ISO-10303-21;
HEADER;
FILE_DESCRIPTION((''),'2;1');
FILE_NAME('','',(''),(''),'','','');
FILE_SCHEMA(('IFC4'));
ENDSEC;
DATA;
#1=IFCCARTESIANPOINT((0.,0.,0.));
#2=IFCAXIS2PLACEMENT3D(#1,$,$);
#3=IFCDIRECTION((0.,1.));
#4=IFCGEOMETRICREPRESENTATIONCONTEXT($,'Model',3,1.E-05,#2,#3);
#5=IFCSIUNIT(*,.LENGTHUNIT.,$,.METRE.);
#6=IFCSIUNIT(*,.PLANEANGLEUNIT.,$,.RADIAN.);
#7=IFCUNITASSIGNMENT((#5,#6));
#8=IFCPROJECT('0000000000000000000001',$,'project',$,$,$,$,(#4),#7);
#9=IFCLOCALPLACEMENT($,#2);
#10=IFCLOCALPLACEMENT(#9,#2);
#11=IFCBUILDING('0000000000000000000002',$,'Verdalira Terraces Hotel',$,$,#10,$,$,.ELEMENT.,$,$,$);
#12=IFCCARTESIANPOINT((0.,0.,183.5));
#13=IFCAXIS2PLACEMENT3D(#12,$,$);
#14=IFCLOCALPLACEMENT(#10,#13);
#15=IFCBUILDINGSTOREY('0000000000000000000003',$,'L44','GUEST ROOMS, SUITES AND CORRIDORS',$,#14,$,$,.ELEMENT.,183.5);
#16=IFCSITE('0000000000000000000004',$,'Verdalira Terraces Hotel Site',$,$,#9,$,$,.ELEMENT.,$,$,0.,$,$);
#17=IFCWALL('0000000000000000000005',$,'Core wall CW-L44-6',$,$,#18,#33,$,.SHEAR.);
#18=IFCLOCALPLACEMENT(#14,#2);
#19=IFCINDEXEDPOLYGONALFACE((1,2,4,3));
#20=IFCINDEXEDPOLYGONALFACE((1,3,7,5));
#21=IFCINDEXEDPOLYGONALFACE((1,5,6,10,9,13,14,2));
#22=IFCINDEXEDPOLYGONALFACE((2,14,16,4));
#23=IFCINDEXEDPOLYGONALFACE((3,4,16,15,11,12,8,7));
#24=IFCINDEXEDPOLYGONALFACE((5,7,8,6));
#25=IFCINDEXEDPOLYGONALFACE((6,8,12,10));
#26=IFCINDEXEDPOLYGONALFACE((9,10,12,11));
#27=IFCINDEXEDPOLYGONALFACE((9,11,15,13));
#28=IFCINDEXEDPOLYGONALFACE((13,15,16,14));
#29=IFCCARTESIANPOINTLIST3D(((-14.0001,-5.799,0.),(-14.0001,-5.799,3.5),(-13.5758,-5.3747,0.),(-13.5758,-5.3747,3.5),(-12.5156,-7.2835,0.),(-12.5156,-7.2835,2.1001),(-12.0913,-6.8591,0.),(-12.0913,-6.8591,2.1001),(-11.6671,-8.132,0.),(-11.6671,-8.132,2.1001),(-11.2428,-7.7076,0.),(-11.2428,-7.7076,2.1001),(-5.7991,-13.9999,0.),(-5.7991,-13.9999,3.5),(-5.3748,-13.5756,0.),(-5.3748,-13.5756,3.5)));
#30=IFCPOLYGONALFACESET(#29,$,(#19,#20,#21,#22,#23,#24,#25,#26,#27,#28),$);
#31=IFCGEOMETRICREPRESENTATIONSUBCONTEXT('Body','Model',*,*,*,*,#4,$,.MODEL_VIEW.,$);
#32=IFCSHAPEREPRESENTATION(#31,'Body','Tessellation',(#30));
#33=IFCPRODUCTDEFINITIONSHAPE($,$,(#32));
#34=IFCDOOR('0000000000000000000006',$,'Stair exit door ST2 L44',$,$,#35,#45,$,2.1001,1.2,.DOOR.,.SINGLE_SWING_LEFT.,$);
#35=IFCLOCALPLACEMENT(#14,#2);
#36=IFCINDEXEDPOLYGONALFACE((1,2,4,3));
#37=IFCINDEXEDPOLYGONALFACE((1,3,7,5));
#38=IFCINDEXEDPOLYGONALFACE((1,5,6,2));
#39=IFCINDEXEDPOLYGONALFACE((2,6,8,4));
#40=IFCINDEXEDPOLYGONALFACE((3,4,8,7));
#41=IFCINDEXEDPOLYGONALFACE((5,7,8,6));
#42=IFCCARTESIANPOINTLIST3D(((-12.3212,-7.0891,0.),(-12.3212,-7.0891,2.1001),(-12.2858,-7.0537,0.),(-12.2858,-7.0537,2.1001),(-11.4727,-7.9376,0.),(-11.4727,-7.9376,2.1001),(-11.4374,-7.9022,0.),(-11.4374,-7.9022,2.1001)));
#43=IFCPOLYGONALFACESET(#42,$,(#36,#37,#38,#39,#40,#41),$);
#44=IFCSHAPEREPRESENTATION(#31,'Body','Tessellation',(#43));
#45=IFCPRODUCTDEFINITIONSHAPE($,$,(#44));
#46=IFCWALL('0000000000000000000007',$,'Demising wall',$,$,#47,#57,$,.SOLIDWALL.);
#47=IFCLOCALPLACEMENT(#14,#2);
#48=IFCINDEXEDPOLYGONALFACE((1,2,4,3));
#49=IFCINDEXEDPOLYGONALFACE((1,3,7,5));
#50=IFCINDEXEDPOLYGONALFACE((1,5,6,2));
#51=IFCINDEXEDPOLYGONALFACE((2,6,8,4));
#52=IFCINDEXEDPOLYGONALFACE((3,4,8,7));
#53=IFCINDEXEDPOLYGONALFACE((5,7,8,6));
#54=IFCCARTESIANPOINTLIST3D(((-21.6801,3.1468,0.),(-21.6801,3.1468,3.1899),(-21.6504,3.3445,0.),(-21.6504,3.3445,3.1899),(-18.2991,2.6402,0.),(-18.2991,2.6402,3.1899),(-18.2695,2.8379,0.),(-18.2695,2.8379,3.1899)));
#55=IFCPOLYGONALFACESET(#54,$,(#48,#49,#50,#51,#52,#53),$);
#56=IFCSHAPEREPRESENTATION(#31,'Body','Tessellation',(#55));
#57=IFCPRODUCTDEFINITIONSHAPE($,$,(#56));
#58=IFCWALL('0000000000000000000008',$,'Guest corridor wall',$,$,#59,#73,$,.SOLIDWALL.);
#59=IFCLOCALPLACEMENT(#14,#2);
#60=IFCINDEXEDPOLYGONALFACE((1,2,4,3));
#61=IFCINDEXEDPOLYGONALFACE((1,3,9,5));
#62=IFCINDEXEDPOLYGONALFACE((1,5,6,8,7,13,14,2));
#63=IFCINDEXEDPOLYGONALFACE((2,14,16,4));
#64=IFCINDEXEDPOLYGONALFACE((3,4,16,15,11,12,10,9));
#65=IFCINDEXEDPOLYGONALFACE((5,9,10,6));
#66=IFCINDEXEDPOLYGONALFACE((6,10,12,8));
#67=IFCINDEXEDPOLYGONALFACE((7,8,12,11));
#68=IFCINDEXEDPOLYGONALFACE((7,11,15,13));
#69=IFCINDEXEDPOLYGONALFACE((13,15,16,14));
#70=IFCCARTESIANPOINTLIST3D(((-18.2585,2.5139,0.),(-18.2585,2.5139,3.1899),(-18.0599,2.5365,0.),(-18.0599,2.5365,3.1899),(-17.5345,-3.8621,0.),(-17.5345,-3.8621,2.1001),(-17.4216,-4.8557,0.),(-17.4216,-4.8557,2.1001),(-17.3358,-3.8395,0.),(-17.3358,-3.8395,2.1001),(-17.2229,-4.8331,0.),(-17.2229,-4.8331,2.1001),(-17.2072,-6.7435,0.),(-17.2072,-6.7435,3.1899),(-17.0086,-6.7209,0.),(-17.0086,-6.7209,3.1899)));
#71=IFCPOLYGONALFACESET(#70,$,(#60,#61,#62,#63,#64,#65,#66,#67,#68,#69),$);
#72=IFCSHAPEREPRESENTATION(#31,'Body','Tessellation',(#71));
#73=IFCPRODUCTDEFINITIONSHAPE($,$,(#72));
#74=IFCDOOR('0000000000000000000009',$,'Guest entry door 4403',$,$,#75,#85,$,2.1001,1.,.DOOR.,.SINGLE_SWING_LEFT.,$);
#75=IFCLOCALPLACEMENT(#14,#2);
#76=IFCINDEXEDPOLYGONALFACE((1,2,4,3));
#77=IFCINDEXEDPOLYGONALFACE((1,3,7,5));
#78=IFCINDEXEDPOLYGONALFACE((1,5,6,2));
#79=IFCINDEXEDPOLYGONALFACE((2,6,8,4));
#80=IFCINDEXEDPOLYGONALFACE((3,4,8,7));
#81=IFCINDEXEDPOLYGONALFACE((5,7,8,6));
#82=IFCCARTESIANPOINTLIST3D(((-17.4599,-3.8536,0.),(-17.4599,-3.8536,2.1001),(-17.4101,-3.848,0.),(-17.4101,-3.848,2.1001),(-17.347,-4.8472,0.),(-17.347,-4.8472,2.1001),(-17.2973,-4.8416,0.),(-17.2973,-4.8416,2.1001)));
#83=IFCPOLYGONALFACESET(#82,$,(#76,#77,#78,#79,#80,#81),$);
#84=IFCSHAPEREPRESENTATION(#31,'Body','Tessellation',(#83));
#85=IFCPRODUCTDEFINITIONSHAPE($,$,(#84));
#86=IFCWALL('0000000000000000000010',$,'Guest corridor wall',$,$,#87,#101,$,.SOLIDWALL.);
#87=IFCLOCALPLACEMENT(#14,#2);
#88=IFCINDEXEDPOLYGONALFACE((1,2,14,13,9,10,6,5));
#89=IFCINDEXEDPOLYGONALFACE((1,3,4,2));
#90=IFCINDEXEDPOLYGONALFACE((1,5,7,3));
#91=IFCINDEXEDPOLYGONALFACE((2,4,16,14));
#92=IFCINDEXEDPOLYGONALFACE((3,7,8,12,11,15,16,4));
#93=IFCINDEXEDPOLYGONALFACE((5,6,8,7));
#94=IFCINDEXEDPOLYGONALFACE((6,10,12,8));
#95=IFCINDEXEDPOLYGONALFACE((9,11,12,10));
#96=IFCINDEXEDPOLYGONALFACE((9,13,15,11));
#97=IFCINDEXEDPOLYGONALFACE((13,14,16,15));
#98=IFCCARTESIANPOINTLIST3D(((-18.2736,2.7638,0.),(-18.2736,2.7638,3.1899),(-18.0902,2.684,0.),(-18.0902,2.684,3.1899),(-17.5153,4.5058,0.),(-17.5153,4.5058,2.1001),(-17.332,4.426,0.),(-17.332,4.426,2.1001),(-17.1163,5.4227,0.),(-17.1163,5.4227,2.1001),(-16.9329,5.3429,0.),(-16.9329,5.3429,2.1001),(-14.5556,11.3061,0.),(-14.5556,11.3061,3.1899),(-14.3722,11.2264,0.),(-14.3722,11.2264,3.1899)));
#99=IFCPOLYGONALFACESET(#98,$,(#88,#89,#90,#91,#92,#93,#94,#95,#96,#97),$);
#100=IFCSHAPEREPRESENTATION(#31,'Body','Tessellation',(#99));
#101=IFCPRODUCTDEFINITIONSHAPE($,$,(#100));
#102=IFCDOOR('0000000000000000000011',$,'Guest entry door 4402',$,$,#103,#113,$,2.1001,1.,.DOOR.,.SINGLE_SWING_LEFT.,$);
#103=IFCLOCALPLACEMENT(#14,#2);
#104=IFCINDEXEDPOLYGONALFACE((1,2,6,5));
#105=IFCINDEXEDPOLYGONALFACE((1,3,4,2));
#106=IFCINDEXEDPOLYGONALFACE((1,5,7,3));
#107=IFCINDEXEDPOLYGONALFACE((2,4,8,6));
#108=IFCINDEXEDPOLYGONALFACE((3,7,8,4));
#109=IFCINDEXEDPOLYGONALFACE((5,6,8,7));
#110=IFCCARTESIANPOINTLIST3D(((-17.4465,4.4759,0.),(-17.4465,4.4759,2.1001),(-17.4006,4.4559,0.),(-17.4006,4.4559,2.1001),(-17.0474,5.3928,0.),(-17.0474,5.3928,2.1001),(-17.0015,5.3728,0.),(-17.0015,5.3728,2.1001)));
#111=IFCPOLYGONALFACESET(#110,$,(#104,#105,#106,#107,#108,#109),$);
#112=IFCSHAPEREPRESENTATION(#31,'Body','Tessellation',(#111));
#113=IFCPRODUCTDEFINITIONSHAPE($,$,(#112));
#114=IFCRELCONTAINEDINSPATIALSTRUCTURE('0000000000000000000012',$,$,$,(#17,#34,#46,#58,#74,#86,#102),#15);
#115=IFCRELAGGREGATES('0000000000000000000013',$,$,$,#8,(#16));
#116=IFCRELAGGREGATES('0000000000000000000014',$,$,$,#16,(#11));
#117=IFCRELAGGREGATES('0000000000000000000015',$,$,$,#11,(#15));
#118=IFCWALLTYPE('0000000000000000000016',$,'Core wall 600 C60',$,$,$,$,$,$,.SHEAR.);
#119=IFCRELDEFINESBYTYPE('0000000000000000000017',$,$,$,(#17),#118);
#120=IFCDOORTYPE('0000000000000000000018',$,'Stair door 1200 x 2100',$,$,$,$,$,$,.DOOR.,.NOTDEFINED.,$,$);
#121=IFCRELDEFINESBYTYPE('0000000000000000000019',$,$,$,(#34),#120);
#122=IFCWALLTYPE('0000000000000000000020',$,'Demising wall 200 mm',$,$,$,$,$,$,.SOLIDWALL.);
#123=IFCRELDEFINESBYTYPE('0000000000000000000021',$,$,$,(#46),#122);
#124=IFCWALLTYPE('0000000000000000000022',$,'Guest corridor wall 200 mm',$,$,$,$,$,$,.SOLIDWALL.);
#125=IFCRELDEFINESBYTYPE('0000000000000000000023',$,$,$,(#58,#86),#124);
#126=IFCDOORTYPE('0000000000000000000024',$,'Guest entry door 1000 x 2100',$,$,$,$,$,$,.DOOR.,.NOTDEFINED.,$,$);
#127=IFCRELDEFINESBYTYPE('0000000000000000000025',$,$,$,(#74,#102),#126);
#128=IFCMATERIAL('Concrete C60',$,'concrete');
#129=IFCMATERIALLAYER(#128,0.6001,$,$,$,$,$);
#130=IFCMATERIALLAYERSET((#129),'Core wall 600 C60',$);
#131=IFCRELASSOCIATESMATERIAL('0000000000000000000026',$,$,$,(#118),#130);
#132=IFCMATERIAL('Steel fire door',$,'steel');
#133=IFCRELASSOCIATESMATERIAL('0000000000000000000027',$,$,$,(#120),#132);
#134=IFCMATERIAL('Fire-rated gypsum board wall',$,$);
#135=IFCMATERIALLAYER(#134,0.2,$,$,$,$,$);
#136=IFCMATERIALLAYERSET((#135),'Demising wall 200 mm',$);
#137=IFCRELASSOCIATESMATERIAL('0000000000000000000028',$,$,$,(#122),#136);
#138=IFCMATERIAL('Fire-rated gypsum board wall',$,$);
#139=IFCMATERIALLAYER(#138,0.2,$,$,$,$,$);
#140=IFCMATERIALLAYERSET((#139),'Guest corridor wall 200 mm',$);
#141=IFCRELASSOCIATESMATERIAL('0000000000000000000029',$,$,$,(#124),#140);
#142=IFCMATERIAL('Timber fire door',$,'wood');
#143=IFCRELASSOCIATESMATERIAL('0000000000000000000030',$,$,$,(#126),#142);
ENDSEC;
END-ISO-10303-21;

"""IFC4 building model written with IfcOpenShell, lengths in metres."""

from ifc_helpers import new_model, si_unit, direction, frame, frame_2d, origin, place, context, subcontext, project, spatial, rectangle, extrude, material, layer, layer_set, type_object, element, fill, save


model = new_model("IFC4")

# Units and contexts
model_context = context("Model", 3, precision=1e-05, world=origin(), true_north=direction((0.0, 1.0)))
body_context = subcontext(model_context, "Body", "Model", "MODEL_VIEW")
ifc_project = project(units=[si_unit("LENGTHUNIT", "METRE"), si_unit("PLANEANGLEUNIT", "RADIAN")], contexts=[model_context])

# Site, building, storey
site_placement = place(None, origin())
site = spatial("IfcSite", under=ifc_project, at=site_placement, Name="Verdalira Terraces Hotel Site", CompositionType="ELEMENT", RefElevation=0.0)
building_placement = place(site_placement, origin())
building = spatial("IfcBuilding", under=site, at=building_placement, Name="Verdalira Terraces Hotel", CompositionType="ELEMENT")
storey_placement = place(building_placement, frame((0.0, 0.0, 183.5)))
storey = spatial("IfcBuildingStorey", under=building, at=storey_placement, Name="L44", Description="GUEST ROOMS, SUITES AND CORRIDORS", CompositionType="ELEMENT", Elevation=183.5)

# Wall, opening, door
ifc_material_1 = material(Name="Concrete C60", Category="concrete")
ifc_layer_1 = layer(ifc_material_1, 0.6001)
ifc_layer_set_1 = layer_set([ifc_layer_1], Name="Core wall 600 C60")
wall_type_1 = type_object("IfcWallType", Name="Core wall 600 C60", PredefinedType="SHEAR", material=ifc_layer_set_1)
wall_1_placement = place(storey_placement, frame((-13.7878, -5.5869, 0.0), z_axis=(0.0, 0.0, 1.0), x_axis=(0.707107, -0.707107, 0.0)))
wall_1 = element("IfcWall", 1, at=wall_1_placement, inside=storey, type_object=wall_type_1, Name="Core wall CW-L44-6", PredefinedType="SHEAR", context=body_context, shape_type="SweptSolid", body=[
    extrude(rectangle(XDim=11.5979, YDim=0.6001, at=frame_2d((5.7988, 0.0))), origin(), (0.0, 0.0, 1.0), 3.5),
])
opening_1_placement = place(wall_1_placement, frame((2.0991, 0.0, 0.0)))
opening_1 = element("IfcOpeningElement", 2, at=opening_1_placement, cuts=wall_1, PredefinedType="OPENING", context=body_context, shape_type="SweptSolid", body=[
    extrude(rectangle(XDim=1.2, YDim=2.1001, at=frame_2d((0.6001, 1.05))), frame((0.0, 0.3101, 0.0), z_axis=(0.0, -1.0, 0.0), x_axis=(1.0, 0.0, 0.0)), (0.0, 0.0, 1.0), 0.6201),
])
ifc_material_2 = material(Name="Steel fire door", Category="steel")
door_type_1 = type_object("IfcDoorType", Name="Stair door 1200 x 2100", OperationType="NOTDEFINED", PredefinedType="DOOR", material=ifc_material_2)
door_1_placement = place(opening_1_placement, origin())
door_1 = element("IfcDoor", 3, at=door_1_placement, inside=storey, type_object=door_type_1, Name="Stair exit door ST2 L44", OperationType="SINGLE_SWING_LEFT", OverallHeight=2.1001, OverallWidth=1.2, PredefinedType="DOOR", context=body_context, shape_type="SweptSolid", body=[
    extrude(rectangle(XDim=1.2, YDim=2.1001, at=frame_2d((0.6001, 1.05))), frame((0.0, 0.0249, 0.0), z_axis=(0.0, -1.0, 0.0), x_axis=(1.0, 0.0, 0.0)), (0.0, 0.0, 1.0), 0.05),
])
fill(opening_1, door_1)

# Wall
ifc_material_3 = material(Name="Fire-rated gypsum board wall")
ifc_layer_2 = layer(ifc_material_3, 0.2)
ifc_layer_set_2 = layer_set([ifc_layer_2], Name="Demising wall 200 mm")
wall_type_2 = type_object("IfcWallType", Name="Demising wall 200 mm", PredefinedType="SOLIDWALL", material=ifc_layer_set_2)
wall_2_placement = place(storey_placement, frame((-18.2842, 2.739, 0.0), z_axis=(0.0, 0.0, 1.0), x_axis=(-0.988959, 0.148187, 0.0)))
element("IfcWall", 4, at=wall_2_placement, inside=storey, type_object=wall_type_2, Name="Demising wall", PredefinedType="SOLIDWALL", context=body_context, shape_type="SweptSolid", body=[
    extrude(rectangle(XDim=3.4187, YDim=0.2, at=frame_2d((1.7095, 0.0))), origin(), (0.0, 0.0, 1.0), 3.1899),
])

# Walls, openings, doors
ifc_material_4 = material(Name="Fire-rated gypsum board wall")
ifc_layer_3 = layer(ifc_material_4, 0.2)
ifc_layer_set_3 = layer_set([ifc_layer_3], Name="Guest corridor wall 200 mm")
wall_type_3 = type_object("IfcWallType", Name="Guest corridor wall 200 mm", PredefinedType="SOLIDWALL", material=ifc_layer_set_3)
wall_3_placement = place(storey_placement, frame((-17.1079, -6.7322, 0.0), z_axis=(0.0, 0.0, 1.0), x_axis=(-0.112836, 0.993614, 0.0)))
wall_3 = element("IfcWall", 5, at=wall_3_placement, inside=storey, type_object=wall_type_3, Name="Guest corridor wall", PredefinedType="SOLIDWALL", context=body_context, shape_type="SweptSolid", body=[
    extrude(rectangle(XDim=9.3169, YDim=0.2, at=frame_2d((4.6584, 0.0))), origin(), (0.0, 0.0, 1.0), 3.1899),
])
opening_2_placement = place(wall_3_placement, frame((1.8999, 0.0, 0.0)))
opening_2 = element("IfcOpeningElement", 6, at=opening_2_placement, cuts=wall_3, PredefinedType="OPENING", context=body_context, shape_type="SweptSolid", body=[
    extrude(rectangle(XDim=1.0, YDim=2.1001, at=frame_2d((0.5, 1.05))), frame((0.0, 0.1099, 0.0), z_axis=(0.0, -1.0, 0.0), x_axis=(1.0, 0.0, 0.0)), (0.0, 0.0, 1.0), 0.22),
])
ifc_material_5 = material(Name="Timber fire door", Category="wood")
door_type_2 = type_object("IfcDoorType", Name="Guest entry door 1000 x 2100", OperationType="NOTDEFINED", PredefinedType="DOOR", material=ifc_material_5)
door_2_placement = place(opening_2_placement, origin())
door_2 = element("IfcDoor", 7, at=door_2_placement, inside=storey, type_object=door_type_2, Name="Guest entry door 4403", OperationType="SINGLE_SWING_LEFT", OverallHeight=2.1001, OverallWidth=1.0, PredefinedType="DOOR", context=body_context, shape_type="SweptSolid", body=[
    extrude(rectangle(XDim=1.0, YDim=2.1001, at=frame_2d((0.5, 1.05))), frame((0.0, 0.0249, 0.0), z_axis=(0.0, -1.0, 0.0), x_axis=(1.0, 0.0, 0.0)), (0.0, 0.0, 1.0), 0.05),
])
fill(opening_2, door_2)
wall_4_placement = place(storey_placement, frame((-18.1819, 2.7239, 0.0), z_axis=(0.0, 0.0, 1.0), x_axis=(0.399078, 0.916917, 0.0)))
wall_4 = element("IfcWall", 8, at=wall_4_placement, inside=storey, type_object=wall_type_3, Name="Guest corridor wall", PredefinedType="SOLIDWALL", context=body_context, shape_type="SweptSolid", body=[
    extrude(rectangle(XDim=9.3164, YDim=0.2, at=frame_2d((4.6582, 0.0))), origin(), (0.0, 0.0, 1.0), 3.1899),
])
opening_3_placement = place(wall_4_placement, frame((1.8999, 0.0, 0.0)))
opening_3 = element("IfcOpeningElement", 9, at=opening_3_placement, cuts=wall_4, PredefinedType="OPENING", context=body_context, shape_type="SweptSolid", body=[
    extrude(rectangle(XDim=1.0, YDim=2.1001, at=frame_2d((0.5, 1.05))), frame((0.0, 0.1099, 0.0), z_axis=(0.0, -1.0, 0.0), x_axis=(1.0, 0.0, 0.0)), (0.0, 0.0, 1.0), 0.22),
])
door_3_placement = place(opening_3_placement, origin())
door_3 = element("IfcDoor", 10, at=door_3_placement, inside=storey, type_object=door_type_2, Name="Guest entry door 4402", OperationType="SINGLE_SWING_LEFT", OverallHeight=2.1001, OverallWidth=1.0, PredefinedType="DOOR", context=body_context, shape_type="SweptSolid", body=[
    extrude(rectangle(XDim=1.0, YDim=2.1001, at=frame_2d((0.5, 1.05))), frame((0.0, 0.0249, 0.0), z_axis=(0.0, -1.0, 0.0), x_axis=(1.0, 0.0, 0.0)), (0.0, 0.0, 1.0), 0.05),
])
fill(opening_3, door_3)

save(model, "model.ifc")
